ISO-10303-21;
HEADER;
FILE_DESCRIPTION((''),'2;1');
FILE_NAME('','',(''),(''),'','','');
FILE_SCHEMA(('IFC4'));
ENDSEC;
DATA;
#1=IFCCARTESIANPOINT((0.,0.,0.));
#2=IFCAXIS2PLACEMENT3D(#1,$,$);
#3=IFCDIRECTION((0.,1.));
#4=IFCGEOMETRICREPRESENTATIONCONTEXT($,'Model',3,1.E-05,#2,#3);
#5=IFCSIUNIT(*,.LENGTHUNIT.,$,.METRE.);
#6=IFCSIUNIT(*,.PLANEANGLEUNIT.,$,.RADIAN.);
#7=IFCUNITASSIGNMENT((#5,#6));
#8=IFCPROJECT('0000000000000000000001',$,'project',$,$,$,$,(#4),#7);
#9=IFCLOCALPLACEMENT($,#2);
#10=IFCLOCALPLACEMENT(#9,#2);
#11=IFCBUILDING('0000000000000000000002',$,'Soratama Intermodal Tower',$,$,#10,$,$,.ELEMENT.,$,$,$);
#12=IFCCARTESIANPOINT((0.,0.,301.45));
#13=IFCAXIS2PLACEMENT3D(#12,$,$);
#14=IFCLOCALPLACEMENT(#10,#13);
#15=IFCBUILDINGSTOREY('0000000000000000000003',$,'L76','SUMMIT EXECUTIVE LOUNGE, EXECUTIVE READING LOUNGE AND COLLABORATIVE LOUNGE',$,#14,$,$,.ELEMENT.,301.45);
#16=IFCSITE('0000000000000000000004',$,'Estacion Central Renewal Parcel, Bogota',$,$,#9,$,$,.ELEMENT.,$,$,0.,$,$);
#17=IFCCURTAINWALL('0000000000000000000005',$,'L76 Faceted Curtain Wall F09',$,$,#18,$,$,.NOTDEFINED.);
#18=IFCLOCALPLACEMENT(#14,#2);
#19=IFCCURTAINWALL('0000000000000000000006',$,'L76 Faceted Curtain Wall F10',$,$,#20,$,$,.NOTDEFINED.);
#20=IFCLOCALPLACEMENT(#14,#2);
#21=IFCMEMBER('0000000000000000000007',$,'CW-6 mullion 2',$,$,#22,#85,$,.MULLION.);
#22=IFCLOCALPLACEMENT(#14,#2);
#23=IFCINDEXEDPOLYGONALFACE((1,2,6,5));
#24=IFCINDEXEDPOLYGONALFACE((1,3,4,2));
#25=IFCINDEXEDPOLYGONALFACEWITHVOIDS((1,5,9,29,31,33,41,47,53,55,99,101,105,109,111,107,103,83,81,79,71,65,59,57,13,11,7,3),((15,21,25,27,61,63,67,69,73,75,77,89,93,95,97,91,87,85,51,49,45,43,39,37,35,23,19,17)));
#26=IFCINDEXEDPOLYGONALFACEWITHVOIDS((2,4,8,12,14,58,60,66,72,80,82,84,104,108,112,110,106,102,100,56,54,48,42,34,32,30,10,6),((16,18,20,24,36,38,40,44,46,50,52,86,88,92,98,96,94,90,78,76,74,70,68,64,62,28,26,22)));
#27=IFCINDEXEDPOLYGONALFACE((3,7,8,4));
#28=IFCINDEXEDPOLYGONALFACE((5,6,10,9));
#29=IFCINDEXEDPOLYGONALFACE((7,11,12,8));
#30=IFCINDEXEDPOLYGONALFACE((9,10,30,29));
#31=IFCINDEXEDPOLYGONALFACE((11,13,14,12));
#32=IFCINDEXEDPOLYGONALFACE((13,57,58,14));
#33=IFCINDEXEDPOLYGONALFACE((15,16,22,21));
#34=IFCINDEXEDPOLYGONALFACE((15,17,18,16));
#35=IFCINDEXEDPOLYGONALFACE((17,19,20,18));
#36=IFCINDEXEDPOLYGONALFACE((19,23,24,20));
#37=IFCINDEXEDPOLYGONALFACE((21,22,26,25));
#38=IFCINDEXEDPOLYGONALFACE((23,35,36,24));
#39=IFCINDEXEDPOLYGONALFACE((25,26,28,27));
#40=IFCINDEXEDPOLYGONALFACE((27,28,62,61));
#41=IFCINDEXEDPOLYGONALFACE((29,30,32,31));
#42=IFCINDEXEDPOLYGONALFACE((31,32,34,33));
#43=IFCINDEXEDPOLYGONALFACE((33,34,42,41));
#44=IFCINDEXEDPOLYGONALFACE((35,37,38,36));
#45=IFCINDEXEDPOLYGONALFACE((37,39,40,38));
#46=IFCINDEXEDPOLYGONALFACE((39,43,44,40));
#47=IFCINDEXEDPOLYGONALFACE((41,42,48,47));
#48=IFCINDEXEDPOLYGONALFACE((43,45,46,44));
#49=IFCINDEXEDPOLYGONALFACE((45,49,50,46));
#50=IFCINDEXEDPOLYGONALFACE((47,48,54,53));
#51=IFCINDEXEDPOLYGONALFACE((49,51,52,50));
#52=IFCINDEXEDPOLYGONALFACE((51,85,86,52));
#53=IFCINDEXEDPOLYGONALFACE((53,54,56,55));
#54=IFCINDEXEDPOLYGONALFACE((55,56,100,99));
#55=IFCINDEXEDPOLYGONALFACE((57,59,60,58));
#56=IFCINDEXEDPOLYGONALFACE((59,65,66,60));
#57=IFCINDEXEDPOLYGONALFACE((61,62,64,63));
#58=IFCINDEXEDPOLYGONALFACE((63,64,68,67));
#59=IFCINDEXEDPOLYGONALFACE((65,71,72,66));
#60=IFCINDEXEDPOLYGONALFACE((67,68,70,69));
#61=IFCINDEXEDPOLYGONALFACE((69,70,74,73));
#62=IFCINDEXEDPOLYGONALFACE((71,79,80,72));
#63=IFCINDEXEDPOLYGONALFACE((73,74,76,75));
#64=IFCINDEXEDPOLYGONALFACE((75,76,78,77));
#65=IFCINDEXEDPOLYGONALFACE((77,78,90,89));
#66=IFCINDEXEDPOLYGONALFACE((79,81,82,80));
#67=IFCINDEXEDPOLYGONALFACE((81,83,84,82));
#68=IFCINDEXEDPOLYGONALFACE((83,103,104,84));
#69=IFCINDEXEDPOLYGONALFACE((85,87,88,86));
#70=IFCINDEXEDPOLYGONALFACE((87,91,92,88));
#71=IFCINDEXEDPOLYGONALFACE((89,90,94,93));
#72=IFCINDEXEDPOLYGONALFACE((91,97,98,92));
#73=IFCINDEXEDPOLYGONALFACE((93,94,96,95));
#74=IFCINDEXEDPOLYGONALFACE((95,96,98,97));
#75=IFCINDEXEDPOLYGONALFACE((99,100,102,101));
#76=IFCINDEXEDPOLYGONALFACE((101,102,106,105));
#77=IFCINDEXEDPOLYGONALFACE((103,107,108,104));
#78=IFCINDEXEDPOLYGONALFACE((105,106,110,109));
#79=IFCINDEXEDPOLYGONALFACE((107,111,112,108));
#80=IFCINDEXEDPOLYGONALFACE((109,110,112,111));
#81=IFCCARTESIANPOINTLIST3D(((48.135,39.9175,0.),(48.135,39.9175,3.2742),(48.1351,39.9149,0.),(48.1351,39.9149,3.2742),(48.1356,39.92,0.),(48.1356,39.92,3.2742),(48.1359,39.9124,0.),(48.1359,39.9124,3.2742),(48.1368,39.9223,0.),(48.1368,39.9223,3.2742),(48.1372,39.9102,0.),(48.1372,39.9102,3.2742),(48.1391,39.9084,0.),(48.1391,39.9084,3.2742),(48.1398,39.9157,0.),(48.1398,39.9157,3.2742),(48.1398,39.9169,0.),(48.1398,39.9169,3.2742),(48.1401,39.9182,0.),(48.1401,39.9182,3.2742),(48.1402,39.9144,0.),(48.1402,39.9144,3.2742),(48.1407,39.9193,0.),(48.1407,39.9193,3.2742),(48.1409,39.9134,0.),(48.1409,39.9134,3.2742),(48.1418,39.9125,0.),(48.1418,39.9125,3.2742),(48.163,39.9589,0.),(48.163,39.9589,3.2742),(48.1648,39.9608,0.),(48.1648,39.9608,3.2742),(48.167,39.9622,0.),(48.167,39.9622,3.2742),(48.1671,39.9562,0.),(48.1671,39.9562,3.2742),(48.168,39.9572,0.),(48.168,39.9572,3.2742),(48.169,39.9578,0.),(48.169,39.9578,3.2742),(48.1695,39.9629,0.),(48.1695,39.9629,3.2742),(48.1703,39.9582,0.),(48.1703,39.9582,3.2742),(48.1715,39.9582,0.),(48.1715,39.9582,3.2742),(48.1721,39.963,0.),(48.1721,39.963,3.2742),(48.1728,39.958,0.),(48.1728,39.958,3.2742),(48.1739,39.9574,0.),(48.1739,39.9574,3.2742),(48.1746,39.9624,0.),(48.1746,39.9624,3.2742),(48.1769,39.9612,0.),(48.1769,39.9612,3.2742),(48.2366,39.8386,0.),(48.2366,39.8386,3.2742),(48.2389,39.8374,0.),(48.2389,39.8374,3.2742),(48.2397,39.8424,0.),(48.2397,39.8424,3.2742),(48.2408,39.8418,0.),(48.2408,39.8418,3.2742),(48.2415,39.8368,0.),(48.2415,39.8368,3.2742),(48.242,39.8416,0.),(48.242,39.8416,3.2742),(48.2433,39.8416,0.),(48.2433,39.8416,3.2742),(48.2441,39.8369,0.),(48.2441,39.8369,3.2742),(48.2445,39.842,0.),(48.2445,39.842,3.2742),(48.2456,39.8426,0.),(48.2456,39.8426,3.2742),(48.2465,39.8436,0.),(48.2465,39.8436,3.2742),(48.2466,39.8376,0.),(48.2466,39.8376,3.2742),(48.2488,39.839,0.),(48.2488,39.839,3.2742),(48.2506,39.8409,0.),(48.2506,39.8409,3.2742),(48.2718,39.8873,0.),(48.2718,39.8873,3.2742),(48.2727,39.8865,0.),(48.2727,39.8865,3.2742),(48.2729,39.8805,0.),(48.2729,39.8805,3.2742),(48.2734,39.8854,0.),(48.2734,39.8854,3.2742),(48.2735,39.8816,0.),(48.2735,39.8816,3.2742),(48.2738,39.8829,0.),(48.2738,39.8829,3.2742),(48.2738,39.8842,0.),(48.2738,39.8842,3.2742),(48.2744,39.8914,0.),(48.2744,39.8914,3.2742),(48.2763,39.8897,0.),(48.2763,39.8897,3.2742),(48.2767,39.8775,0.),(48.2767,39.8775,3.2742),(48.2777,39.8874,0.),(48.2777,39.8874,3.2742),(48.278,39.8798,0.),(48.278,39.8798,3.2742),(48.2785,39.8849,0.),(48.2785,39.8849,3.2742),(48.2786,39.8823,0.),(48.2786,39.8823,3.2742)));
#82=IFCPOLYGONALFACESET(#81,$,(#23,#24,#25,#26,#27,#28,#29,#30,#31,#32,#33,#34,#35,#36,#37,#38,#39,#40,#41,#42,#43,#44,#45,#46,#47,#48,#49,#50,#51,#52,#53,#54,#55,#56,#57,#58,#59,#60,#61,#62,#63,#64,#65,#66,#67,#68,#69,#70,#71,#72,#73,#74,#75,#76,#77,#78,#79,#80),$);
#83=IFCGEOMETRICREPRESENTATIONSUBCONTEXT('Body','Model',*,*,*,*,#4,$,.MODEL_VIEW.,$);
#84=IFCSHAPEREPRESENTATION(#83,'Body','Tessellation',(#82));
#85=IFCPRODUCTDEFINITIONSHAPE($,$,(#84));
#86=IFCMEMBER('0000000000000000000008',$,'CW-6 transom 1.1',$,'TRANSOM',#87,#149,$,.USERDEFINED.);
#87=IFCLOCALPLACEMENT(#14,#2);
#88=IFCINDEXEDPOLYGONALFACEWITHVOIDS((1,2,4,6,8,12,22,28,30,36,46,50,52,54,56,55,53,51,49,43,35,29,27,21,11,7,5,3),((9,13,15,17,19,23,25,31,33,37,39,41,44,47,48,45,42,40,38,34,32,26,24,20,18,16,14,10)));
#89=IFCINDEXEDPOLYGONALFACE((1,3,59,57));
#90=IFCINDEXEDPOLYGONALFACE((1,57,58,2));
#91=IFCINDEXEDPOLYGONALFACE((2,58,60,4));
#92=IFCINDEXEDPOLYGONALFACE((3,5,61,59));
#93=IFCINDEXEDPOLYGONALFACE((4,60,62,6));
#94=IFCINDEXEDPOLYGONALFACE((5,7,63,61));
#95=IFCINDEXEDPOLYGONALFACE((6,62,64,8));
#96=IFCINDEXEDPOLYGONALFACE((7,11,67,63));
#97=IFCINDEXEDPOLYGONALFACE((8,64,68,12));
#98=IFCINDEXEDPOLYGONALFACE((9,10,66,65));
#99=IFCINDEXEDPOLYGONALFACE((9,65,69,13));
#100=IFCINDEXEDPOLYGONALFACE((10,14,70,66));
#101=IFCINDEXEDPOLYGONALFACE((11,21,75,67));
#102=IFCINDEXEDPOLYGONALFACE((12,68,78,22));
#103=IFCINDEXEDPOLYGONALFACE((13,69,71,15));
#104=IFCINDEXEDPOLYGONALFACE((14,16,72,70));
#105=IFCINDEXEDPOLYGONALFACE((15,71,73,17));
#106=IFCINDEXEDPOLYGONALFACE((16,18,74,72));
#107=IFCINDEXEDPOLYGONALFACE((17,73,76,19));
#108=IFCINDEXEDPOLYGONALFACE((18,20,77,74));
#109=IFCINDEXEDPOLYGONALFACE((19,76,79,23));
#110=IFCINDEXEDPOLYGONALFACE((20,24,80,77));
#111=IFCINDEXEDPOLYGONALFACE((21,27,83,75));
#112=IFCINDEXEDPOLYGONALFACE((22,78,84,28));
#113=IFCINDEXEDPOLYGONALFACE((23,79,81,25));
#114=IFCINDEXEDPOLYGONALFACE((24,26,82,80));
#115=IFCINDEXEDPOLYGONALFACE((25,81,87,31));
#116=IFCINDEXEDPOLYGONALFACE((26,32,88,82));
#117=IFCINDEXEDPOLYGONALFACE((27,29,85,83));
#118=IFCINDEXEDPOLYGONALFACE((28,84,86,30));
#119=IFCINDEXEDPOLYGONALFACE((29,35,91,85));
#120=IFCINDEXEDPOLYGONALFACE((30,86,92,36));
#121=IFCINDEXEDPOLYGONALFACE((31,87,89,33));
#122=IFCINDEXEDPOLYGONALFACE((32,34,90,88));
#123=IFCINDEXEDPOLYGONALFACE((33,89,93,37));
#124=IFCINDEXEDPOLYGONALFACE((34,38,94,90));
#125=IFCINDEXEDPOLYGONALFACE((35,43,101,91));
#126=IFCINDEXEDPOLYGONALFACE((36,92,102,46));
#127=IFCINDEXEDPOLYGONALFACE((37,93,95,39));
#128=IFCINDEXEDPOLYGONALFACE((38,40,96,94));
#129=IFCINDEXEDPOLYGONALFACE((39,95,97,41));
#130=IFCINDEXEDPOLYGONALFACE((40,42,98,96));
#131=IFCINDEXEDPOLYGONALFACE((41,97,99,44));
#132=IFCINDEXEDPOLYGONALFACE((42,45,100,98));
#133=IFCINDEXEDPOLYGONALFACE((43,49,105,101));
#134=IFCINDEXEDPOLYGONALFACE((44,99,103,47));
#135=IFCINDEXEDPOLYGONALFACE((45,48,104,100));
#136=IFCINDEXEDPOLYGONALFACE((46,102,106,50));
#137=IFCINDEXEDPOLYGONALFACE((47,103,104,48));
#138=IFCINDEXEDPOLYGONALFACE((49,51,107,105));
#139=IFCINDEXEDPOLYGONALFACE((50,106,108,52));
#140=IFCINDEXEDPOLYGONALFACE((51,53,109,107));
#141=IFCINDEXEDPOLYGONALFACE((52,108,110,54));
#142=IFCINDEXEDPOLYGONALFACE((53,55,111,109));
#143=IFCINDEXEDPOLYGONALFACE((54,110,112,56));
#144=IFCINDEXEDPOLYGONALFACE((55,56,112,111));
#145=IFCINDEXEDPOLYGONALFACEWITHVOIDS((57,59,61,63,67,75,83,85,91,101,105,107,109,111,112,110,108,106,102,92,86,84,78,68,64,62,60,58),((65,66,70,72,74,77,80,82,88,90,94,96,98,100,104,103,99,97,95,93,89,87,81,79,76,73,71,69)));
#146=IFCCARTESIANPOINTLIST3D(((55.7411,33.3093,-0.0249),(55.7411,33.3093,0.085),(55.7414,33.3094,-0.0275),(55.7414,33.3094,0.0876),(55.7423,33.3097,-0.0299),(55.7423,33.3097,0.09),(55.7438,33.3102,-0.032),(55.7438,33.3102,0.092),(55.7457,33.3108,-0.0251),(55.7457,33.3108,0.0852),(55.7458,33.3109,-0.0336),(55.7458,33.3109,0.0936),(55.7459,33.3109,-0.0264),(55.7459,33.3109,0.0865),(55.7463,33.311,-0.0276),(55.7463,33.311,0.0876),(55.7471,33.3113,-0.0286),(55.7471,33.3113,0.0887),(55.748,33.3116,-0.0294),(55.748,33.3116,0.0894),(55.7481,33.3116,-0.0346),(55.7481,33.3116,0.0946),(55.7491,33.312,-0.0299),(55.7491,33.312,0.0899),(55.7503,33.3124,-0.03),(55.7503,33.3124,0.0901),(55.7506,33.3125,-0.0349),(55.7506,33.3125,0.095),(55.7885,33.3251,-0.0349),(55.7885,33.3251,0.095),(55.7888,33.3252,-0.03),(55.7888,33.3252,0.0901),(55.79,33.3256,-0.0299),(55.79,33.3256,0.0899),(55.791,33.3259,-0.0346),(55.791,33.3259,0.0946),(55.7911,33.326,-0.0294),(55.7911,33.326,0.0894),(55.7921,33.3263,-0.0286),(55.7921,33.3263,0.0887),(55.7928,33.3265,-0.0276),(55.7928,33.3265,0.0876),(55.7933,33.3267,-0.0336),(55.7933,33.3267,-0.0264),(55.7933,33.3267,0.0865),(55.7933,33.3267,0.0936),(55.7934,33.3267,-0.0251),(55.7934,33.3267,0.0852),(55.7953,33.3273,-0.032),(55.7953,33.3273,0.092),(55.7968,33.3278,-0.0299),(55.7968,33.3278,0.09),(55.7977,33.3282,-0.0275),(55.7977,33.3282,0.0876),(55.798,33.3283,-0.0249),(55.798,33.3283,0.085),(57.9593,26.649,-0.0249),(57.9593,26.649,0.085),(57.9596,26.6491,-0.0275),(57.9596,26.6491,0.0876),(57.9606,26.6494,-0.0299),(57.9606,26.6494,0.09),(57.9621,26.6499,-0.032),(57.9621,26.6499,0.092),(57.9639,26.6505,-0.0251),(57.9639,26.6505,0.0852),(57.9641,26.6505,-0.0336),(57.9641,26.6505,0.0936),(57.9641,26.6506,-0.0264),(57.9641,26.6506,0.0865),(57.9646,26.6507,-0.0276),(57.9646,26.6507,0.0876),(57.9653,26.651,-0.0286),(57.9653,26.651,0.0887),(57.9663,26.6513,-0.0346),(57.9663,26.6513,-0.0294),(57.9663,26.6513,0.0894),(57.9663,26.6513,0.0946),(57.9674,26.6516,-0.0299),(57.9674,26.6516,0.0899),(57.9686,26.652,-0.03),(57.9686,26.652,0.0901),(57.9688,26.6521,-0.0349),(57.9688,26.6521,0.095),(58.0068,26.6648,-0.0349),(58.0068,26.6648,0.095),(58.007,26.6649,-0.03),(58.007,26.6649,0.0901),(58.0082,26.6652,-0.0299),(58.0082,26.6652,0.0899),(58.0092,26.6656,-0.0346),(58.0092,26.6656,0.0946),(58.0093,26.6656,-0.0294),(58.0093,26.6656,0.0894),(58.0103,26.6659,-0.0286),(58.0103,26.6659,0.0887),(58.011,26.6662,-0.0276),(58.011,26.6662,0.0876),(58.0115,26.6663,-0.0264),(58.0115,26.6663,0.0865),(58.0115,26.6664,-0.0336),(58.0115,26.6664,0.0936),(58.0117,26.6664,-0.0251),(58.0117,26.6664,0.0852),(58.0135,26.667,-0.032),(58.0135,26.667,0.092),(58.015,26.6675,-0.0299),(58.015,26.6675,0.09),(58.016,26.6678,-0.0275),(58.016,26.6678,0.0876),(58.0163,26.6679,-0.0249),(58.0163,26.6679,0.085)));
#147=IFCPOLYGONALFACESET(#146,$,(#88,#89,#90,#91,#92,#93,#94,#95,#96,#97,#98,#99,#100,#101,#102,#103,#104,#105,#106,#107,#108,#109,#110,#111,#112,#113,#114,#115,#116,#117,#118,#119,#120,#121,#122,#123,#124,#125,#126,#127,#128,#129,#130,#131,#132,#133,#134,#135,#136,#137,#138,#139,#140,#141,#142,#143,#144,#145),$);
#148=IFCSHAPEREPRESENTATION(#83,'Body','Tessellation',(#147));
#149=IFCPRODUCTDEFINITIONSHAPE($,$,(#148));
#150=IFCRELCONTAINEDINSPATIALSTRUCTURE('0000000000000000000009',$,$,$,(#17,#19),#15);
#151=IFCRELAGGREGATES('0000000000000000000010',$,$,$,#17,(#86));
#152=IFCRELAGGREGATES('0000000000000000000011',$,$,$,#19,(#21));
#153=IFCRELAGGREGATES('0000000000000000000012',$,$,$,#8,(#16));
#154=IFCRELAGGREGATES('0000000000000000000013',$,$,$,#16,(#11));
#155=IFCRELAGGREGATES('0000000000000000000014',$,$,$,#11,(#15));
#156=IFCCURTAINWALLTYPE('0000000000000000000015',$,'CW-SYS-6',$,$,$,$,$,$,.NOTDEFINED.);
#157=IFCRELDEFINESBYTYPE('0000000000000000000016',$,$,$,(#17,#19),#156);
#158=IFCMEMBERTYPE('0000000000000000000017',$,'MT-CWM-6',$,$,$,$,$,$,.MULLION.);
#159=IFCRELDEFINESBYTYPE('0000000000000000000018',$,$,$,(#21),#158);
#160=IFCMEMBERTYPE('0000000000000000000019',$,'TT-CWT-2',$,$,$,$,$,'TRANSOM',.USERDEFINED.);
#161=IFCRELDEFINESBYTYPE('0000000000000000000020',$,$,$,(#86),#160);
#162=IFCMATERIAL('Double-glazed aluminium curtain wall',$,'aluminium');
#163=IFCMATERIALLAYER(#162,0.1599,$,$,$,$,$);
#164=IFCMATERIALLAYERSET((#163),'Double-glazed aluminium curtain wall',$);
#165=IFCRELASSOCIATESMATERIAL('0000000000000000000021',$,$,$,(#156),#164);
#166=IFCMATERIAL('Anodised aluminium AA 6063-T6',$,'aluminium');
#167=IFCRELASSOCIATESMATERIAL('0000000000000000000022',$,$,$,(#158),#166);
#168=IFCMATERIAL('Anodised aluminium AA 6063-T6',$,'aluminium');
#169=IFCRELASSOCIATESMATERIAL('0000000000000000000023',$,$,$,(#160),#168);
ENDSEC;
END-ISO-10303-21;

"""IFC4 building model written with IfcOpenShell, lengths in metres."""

from ifc_helpers import new_model, si_unit, direction, frame, origin, origin_2d, place, context, subcontext, project, spatial, hollow_rectangle, extrude, material, layer, layer_set, material_profile, profile_set, type_object, element, aggregate, save


model = new_model("IFC4")

# Units and contexts
model_context = context("Model", 3, precision=1e-05, world=origin(), true_north=direction((0.0, 1.0)))
body_context = subcontext(model_context, "Body", "Model", "MODEL_VIEW")
ifc_project = project(units=[si_unit("LENGTHUNIT", "METRE"), si_unit("PLANEANGLEUNIT", "RADIAN")], contexts=[model_context])

# Site, building, storey
site_placement = place(None, origin())
site = spatial("IfcSite", under=ifc_project, at=site_placement, Name="Estacion Central Renewal Parcel, Bogota", CompositionType="ELEMENT", RefElevation=0.0)
building_placement = place(site_placement, origin())
building = spatial("IfcBuilding", under=site, at=building_placement, Name="Soratama Intermodal Tower", CompositionType="ELEMENT")
storey_placement = place(building_placement, frame((0.0, 0.0, 301.45)))
storey = spatial("IfcBuildingStorey", under=building, at=storey_placement, Name="L76", Description="SUMMIT EXECUTIVE LOUNGE, EXECUTIVE READING LOUNGE AND COLLABORATIVE LOUNGE", CompositionType="ELEMENT", Elevation=301.45)

# Curtain walls, member
ifc_material_1 = material(Name="Double-glazed aluminium curtain wall", Category="aluminium")
ifc_layer_1 = layer(ifc_material_1, 0.1599)
ifc_layer_set_1 = layer_set([ifc_layer_1], Name="Double-glazed aluminium curtain wall")
curtain_wall_type = type_object("IfcCurtainWallType", Name="CW-SYS-6", PredefinedType="NOTDEFINED", material=ifc_layer_set_1)
curtain_wall_1_placement = place(storey_placement, origin())
curtain_wall_1 = element("IfcCurtainWall", 1, at=curtain_wall_1_placement, inside=storey, type_object=curtain_wall_type, Name="L76 Faceted Curtain Wall F09", PredefinedType="NOTDEFINED")
ifc_material_2 = material(Name="Anodised aluminium AA 6063-T6", Category="aluminium")
ifc_material_profile_1 = material_profile(ifc_material_2, hollow_rectangle(XDim=0.0649, YDim=0.1399, WallThickness=0.0049, InnerFilletRadius=0.0049, OuterFilletRadius=0.01, at=origin_2d()), Name="CWM140X65X5")
ifc_profile_set_1 = profile_set([ifc_material_profile_1], Name="Anodised aluminium AA 6063-T6")
member_type_1 = type_object("IfcMemberType", Name="MT-CWM-6", PredefinedType="MULLION", material=ifc_profile_set_1)
curtain_wall_2_placement = place(storey_placement, origin())
curtain_wall_2 = element("IfcCurtainWall", 2, at=curtain_wall_2_placement, inside=storey, type_object=curtain_wall_type, Name="L76 Faceted Curtain Wall F10", PredefinedType="NOTDEFINED")
member_1_placement = place(storey_placement, frame((48.2068, 39.8999, 0.0), z_axis=(0.0, 0.0, 1.0), x_axis=(-0.581838, -0.813305, 0.0)))
member_1 = element("IfcMember", 3, at=member_1_placement, type_object=member_type_1, Name="CW-6 mullion 2", PredefinedType="MULLION", context=body_context, shape_type="SweptSolid", body=[
    extrude(hollow_rectangle(XDim=0.0649, YDim=0.1399, WallThickness=0.0049, InnerFilletRadius=0.0049, OuterFilletRadius=0.01, at=origin_2d()), origin(), (0.0, 0.0, 1.0), 3.2742),
])

# Member
ifc_material_3 = material(Name="Anodised aluminium AA 6063-T6", Category="aluminium")
ifc_material_profile_2 = material_profile(ifc_material_3, hollow_rectangle(XDim=0.0601, YDim=0.1299, WallThickness=0.0049, InnerFilletRadius=0.0049, OuterFilletRadius=0.01, at=origin_2d()), Name="CWT130X60X5")
ifc_profile_set_2 = profile_set([ifc_material_profile_2], Name="Anodised aluminium AA 6063-T6")
member_type_2 = type_object("IfcMemberType", Name="TT-CWT-2", ElementType="TRANSOM", PredefinedType="USERDEFINED", material=ifc_profile_set_2)
member_2_placement = place(storey_placement, frame((57.9878, 26.6584, 0.03), z_axis=(-0.315988, 0.948763, 0.0), x_axis=(-0.948763, -0.315988, 0.0)))
member_2 = element("IfcMember", 4, at=member_2_placement, type_object=member_type_2, Name="CW-6 transom 1.1", ObjectType="TRANSOM", PredefinedType="USERDEFINED", context=body_context, shape_type="SweptSolid", body=[
    extrude(hollow_rectangle(XDim=0.0601, YDim=0.1299, WallThickness=0.0049, InnerFilletRadius=0.0049, OuterFilletRadius=0.01, at=origin_2d()), origin(), (0.0, 0.0, 1.0), 7.02),
])

aggregate(curtain_wall_1, [member_2])
aggregate(curtain_wall_2, [member_1])

save(model, "model.ifc")
